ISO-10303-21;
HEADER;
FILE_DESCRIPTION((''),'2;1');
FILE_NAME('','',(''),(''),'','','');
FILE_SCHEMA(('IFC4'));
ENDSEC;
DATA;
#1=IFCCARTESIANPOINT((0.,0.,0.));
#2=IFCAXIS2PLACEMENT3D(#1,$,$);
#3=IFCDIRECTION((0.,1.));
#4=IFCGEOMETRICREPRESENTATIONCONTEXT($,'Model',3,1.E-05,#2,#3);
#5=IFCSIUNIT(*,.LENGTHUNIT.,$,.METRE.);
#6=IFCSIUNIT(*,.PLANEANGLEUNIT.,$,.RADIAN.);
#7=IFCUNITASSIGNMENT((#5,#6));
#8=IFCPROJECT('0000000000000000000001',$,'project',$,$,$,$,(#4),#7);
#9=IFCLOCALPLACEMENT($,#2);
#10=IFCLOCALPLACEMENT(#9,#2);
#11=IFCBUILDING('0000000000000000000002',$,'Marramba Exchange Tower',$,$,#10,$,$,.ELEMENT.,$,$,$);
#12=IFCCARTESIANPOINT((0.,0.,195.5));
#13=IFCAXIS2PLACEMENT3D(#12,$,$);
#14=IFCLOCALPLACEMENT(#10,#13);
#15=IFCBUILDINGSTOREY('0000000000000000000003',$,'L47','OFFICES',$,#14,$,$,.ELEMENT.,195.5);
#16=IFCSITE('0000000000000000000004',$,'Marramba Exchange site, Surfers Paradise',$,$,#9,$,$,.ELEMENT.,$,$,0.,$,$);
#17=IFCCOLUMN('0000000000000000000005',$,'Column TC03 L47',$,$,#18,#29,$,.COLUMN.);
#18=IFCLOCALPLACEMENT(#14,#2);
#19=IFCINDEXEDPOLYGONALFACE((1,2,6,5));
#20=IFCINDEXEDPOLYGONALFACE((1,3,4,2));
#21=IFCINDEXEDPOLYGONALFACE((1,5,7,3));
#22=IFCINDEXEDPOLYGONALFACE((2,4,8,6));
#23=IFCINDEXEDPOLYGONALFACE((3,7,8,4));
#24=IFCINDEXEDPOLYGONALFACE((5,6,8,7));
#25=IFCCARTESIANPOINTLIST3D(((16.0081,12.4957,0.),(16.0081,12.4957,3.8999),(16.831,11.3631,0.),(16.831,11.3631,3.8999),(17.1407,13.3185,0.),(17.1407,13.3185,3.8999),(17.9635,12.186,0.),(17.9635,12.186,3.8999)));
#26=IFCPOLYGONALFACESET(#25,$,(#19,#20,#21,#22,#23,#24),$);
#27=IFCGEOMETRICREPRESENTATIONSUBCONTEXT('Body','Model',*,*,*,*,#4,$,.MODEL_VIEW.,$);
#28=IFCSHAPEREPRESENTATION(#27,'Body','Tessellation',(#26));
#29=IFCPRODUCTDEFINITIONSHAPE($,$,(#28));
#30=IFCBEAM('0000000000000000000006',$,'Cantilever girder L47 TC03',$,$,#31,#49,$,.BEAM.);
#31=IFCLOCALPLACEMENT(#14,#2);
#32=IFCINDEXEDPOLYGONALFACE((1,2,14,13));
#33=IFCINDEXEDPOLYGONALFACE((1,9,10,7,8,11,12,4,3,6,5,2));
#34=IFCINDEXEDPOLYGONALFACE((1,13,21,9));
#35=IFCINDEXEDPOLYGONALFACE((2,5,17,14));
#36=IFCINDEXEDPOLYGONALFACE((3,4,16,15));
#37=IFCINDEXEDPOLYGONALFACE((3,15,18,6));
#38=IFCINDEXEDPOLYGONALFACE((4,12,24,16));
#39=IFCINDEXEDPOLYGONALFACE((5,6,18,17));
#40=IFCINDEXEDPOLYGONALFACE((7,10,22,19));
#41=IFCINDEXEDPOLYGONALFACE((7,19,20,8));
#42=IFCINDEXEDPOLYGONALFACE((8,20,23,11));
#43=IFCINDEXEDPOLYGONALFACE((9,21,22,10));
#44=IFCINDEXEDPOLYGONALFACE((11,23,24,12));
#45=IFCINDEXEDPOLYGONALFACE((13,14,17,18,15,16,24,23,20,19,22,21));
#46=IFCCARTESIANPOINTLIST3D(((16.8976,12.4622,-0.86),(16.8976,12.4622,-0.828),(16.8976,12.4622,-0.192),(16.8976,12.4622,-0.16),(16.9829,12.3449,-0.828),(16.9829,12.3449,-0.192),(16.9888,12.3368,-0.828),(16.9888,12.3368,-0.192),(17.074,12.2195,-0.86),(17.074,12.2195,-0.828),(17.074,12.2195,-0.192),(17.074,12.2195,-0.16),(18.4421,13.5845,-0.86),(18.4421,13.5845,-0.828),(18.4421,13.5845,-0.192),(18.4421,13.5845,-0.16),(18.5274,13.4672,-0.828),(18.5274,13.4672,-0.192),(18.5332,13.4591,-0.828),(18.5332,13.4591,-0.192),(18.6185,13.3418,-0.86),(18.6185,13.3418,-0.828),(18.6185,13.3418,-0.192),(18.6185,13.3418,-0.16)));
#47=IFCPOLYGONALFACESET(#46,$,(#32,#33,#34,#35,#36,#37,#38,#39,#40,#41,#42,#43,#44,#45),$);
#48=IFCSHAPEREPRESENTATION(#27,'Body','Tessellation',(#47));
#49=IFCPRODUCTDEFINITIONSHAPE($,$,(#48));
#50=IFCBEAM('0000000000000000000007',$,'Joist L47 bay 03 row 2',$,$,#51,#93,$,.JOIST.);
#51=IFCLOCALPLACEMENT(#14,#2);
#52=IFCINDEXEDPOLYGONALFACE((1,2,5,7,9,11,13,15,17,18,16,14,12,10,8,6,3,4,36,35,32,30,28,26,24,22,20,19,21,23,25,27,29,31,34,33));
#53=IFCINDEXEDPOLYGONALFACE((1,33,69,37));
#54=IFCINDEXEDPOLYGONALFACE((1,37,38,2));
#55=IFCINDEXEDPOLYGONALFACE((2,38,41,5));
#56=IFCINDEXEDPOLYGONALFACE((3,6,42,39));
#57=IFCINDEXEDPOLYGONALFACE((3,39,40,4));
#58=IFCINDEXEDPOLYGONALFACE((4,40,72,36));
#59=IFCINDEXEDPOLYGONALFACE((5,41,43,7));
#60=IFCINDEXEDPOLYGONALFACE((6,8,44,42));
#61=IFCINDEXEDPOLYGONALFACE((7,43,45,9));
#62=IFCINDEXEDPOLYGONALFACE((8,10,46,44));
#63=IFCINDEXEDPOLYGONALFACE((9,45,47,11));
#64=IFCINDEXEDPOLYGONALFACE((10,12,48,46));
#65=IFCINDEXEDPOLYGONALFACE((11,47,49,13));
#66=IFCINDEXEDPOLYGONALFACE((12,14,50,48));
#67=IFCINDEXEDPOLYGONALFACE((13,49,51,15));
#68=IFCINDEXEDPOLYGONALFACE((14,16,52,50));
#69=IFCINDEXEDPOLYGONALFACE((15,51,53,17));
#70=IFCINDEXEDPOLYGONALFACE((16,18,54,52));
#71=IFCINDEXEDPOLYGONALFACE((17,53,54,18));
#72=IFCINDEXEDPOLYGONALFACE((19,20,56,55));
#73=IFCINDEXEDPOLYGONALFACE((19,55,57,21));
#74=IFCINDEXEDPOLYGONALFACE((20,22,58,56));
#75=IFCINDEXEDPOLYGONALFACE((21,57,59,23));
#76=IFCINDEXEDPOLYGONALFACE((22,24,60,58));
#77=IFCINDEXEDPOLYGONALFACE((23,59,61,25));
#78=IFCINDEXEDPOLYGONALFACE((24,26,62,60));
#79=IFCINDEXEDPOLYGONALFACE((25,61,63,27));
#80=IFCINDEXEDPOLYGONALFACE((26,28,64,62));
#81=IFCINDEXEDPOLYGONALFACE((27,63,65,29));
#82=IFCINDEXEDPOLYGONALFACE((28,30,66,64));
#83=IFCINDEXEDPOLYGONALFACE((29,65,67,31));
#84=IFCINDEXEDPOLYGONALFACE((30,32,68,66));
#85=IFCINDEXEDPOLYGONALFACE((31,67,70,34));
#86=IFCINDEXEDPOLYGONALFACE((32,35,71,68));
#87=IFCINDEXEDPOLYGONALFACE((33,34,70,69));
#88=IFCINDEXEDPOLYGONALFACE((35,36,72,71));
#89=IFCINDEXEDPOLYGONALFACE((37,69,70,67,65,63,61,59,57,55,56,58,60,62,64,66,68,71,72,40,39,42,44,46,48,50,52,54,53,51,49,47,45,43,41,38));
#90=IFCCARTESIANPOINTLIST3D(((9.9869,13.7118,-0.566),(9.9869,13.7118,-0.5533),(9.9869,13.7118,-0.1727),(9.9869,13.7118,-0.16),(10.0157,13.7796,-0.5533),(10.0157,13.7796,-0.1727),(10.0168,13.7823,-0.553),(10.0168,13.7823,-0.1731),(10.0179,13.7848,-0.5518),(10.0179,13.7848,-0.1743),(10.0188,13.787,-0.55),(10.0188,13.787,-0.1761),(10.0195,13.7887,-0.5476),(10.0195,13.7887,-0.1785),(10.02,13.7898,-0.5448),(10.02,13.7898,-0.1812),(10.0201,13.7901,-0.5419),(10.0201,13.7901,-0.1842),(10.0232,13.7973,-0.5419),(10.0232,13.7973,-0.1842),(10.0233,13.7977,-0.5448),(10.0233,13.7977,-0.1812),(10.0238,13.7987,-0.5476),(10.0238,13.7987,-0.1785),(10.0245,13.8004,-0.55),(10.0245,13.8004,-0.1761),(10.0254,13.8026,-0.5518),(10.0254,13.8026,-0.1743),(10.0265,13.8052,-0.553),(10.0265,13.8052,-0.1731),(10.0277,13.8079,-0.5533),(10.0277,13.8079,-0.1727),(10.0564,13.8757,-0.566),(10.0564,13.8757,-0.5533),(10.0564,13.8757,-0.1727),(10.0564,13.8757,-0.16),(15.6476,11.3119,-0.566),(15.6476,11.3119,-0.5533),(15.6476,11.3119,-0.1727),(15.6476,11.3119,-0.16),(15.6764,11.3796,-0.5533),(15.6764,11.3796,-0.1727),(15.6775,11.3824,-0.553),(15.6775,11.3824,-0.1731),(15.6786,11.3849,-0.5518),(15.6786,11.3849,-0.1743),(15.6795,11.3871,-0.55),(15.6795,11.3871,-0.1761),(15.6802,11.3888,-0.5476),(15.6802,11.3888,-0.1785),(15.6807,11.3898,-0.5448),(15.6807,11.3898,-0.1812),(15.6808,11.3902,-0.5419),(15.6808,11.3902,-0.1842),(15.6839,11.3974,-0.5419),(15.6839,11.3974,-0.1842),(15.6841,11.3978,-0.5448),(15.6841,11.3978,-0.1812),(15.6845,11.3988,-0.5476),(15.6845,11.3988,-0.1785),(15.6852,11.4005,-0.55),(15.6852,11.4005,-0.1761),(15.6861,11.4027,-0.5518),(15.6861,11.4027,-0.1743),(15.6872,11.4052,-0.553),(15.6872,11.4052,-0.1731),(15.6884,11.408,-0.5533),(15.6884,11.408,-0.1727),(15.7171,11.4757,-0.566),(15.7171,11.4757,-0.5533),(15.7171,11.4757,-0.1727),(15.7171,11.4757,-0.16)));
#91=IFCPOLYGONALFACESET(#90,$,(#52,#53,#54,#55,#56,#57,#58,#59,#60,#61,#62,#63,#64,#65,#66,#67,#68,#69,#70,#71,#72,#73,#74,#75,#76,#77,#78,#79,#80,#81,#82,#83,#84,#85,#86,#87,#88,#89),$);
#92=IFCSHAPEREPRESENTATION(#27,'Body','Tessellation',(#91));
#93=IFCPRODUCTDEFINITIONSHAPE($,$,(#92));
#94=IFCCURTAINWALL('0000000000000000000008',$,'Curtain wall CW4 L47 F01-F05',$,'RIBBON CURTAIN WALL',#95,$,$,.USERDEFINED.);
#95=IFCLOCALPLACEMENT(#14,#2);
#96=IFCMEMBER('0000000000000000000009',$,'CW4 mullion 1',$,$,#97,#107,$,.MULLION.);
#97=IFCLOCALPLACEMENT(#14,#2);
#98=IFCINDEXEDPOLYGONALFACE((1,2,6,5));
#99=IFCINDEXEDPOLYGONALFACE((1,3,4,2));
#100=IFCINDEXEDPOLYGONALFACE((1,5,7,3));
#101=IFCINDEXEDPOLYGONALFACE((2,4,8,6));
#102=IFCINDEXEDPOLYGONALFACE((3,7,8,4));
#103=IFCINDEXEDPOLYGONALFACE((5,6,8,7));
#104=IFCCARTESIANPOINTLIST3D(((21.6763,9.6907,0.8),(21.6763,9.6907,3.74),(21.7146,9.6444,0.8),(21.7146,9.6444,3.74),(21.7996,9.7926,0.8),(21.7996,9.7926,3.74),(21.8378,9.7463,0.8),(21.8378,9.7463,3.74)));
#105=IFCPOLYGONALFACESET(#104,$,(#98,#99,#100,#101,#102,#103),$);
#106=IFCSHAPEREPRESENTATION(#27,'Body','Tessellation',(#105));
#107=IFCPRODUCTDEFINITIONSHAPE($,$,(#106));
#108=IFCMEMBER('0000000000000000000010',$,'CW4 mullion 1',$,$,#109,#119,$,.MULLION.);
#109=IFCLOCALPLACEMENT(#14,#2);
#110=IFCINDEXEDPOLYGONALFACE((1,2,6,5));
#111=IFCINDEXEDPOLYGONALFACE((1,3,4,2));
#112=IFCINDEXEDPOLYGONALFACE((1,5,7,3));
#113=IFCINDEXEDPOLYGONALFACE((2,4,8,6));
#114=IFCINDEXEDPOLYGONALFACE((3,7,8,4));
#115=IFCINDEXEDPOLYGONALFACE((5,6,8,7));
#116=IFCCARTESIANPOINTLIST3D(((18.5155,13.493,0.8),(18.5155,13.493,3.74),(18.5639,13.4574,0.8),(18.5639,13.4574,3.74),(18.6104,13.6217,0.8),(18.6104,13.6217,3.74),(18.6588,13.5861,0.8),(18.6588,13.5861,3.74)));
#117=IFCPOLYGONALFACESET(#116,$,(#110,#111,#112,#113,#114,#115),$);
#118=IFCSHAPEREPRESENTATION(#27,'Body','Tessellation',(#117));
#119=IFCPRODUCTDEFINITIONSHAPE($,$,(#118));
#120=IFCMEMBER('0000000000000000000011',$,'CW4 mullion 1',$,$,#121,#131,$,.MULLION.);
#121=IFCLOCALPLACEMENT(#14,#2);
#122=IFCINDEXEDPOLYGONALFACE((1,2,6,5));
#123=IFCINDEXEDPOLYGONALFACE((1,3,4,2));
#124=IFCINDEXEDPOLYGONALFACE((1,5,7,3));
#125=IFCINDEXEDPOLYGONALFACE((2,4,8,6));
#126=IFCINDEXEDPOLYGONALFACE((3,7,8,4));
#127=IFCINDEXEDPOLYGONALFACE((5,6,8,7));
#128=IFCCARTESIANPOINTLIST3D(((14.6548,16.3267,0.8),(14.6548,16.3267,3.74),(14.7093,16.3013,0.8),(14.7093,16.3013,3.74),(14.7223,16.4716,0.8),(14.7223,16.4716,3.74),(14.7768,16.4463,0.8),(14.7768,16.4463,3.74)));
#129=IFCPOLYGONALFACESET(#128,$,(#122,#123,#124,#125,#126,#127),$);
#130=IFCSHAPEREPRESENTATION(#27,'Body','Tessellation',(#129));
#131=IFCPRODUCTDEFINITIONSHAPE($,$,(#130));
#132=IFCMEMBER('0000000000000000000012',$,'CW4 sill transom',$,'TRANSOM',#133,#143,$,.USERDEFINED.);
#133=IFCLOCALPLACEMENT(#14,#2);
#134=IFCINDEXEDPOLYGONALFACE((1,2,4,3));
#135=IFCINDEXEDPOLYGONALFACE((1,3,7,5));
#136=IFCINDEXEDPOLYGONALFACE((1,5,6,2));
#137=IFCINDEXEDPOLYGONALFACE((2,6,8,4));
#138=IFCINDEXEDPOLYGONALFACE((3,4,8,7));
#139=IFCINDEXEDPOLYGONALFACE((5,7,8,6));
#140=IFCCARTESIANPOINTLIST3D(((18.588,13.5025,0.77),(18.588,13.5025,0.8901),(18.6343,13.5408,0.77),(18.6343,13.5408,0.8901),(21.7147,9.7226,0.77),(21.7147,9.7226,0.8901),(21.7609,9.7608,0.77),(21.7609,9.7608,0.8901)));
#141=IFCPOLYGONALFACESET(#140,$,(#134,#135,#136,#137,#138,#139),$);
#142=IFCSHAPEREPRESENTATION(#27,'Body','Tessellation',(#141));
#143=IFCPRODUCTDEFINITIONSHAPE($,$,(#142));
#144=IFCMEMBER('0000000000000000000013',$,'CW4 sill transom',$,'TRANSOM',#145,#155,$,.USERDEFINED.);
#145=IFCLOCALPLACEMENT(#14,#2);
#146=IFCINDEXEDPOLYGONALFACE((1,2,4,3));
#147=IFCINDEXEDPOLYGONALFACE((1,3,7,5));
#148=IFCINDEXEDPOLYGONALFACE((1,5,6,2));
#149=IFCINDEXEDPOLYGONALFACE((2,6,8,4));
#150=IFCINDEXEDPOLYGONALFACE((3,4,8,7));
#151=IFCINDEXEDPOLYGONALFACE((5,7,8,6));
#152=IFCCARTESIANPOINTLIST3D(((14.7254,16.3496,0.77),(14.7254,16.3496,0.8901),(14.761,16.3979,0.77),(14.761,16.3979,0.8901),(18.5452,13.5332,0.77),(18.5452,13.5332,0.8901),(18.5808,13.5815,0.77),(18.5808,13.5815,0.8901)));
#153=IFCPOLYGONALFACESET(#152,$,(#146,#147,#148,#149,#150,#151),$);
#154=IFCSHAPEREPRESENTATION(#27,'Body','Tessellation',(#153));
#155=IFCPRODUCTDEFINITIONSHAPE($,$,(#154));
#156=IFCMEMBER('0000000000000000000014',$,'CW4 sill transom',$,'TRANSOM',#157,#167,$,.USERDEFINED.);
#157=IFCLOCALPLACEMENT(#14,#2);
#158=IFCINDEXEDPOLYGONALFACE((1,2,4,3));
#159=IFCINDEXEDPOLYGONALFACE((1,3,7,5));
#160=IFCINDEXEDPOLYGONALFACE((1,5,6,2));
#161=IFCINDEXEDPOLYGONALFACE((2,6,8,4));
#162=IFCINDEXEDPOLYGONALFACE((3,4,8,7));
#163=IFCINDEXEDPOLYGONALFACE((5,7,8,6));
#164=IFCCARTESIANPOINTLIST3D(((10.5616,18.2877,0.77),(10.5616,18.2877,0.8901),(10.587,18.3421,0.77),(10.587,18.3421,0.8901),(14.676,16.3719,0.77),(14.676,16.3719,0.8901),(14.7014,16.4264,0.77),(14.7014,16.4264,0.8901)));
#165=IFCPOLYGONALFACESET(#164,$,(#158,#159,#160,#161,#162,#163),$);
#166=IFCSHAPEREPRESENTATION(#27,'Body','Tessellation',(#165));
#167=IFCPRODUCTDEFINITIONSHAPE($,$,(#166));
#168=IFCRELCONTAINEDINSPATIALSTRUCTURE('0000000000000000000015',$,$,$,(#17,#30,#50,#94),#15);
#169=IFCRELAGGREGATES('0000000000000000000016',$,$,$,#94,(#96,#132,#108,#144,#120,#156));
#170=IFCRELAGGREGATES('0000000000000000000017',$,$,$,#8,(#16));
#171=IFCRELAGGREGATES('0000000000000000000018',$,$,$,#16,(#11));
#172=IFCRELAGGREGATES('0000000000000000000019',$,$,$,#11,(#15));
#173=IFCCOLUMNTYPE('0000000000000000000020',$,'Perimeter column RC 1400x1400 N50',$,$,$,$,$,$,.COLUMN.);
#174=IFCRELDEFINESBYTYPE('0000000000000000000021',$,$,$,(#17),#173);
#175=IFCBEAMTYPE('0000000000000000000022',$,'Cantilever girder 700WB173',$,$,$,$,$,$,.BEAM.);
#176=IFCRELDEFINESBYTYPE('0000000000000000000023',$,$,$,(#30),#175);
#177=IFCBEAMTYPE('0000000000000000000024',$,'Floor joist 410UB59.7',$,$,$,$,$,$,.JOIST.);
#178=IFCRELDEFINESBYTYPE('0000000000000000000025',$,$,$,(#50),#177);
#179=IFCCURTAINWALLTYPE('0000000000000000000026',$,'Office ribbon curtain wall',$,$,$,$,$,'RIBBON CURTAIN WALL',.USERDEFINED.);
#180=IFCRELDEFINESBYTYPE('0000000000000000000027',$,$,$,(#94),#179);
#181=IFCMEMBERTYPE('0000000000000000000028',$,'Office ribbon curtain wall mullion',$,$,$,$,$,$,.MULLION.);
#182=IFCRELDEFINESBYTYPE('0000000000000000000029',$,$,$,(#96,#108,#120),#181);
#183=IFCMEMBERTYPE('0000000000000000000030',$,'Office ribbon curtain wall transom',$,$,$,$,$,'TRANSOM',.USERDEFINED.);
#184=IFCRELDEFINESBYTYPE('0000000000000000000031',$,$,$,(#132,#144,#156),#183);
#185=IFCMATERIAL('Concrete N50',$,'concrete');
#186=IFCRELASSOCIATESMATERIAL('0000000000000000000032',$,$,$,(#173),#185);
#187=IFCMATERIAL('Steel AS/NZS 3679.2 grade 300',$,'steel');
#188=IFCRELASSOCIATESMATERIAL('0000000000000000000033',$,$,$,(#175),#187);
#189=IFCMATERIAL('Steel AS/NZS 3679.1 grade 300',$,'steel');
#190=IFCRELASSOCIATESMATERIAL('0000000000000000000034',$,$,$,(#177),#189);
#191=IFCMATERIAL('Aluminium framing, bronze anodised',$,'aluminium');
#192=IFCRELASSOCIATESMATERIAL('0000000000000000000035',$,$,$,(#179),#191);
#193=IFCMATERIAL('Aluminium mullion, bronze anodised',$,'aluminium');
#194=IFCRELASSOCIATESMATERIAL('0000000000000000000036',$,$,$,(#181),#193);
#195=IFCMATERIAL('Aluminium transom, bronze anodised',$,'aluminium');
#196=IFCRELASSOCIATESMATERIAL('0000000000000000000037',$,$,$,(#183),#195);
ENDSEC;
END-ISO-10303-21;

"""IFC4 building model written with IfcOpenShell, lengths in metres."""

from ifc_helpers import new_model, si_unit, direction, frame, origin, origin_2d, place, context, subcontext, project, spatial, rectangle, i_section, extrude, material, material_profile, profile_set, type_object, element, aggregate, save


model = new_model("IFC4")

# Units and contexts
model_context = context("Model", 3, precision=1e-05, world=origin(), true_north=direction((0.0, 1.0)))
body_context = subcontext(model_context, "Body", "Model", "MODEL_VIEW")
ifc_project = project(units=[si_unit("LENGTHUNIT", "METRE"), si_unit("PLANEANGLEUNIT", "RADIAN")], contexts=[model_context])

# Site, building, storey
site_placement = place(None, origin())
site = spatial("IfcSite", under=ifc_project, at=site_placement, Name="Marramba Exchange site, Surfers Paradise", CompositionType="ELEMENT", RefElevation=0.0)
building_placement = place(site_placement, origin())
building = spatial("IfcBuilding", under=site, at=building_placement, Name="Marramba Exchange Tower", CompositionType="ELEMENT")
storey_placement = place(building_placement, frame((0.0, 0.0, 195.5)))
storey = spatial("IfcBuildingStorey", under=building, at=storey_placement, Name="L47", Description="OFFICES", CompositionType="ELEMENT", Elevation=195.5)

# Column
ifc_material_1 = material(Name="Concrete N50", Category="concrete")
ifc_material_profile_1 = material_profile(ifc_material_1, rectangle(XDim=1.3999, YDim=1.3999, at=origin_2d()), Name="RC 1400x1400")
ifc_profile_set_1 = profile_set([ifc_material_profile_1], Name="Concrete N50")
column_type = type_object("IfcColumnType", Name="Perimeter column RC 1400x1400 N50", PredefinedType="COLUMN", material=ifc_profile_set_1)
column_placement = place(storey_placement, frame((16.9858, 12.3408, 0.0), z_axis=(0.0, 0.0, 1.0), x_axis=(0.809017, 0.587785, 0.0)))
element("IfcColumn", 1, at=column_placement, inside=storey, type_object=column_type, Name="Column TC03 L47", PredefinedType="COLUMN", context=body_context, shape_type="SweptSolid", body=[
    extrude(rectangle(XDim=1.3999, YDim=1.3999, at=origin_2d()), origin(), (0.0, 0.0, 1.0), 3.8999),
])

# Beams
ifc_material_2 = material(Name="Steel AS/NZS 3679.2 grade 300", Category="steel")
ifc_material_profile_2 = material_profile(ifc_material_2, i_section(OverallWidth=0.3, OverallDepth=0.7, WebThickness=0.01, FlangeThickness=0.032, at=origin_2d()), Name="700WB173")
ifc_profile_set_2 = profile_set([ifc_material_profile_2], Name="Steel AS/NZS 3679.2 grade 300")
beam_type_1 = type_object("IfcBeamType", Name="Cantilever girder 700WB173", PredefinedType="BEAM", material=ifc_profile_set_2)
beam_1_placement = place(storey_placement, frame((16.9858, 12.3408, -0.51), z_axis=(0.808963, 0.58786, 0.0), x_axis=(-0.58786, 0.808963, 0.0)))
element("IfcBeam", 2, at=beam_1_placement, inside=storey, type_object=beam_type_1, Name="Cantilever girder L47 TC03", PredefinedType="BEAM", context=body_context, shape_type="SweptSolid", body=[
    extrude(i_section(OverallWidth=0.3, OverallDepth=0.7, WebThickness=0.01, FlangeThickness=0.032, at=origin_2d()), origin(), (0.0, 0.0, 1.0), 1.9092),
])
ifc_material_3 = material(Name="Steel AS/NZS 3679.1 grade 300", Category="steel")
ifc_material_profile_3 = material_profile(ifc_material_3, i_section(OverallWidth=0.178, OverallDepth=0.406, WebThickness=0.0078, FlangeThickness=0.0127, FilletRadius=0.0115, at=origin_2d()), Name="410UB59.7")
ifc_profile_set_3 = profile_set([ifc_material_profile_3], Name="Steel AS/NZS 3679.1 grade 300")
beam_type_2 = type_object("IfcBeamType", Name="Floor joist 410UB59.7", PredefinedType="JOIST", material=ifc_profile_set_3)
beam_2_placement = place(storey_placement, frame((15.6824, 11.3938, -0.363), z_axis=(-0.920674, 0.390332, 0.0), x_axis=(-0.390332, -0.920674, 0.0)))
element("IfcBeam", 3, at=beam_2_placement, inside=storey, type_object=beam_type_2, Name="Joist L47 bay 03 row 2", PredefinedType="JOIST", context=body_context, shape_type="SweptSolid", body=[
    extrude(i_section(OverallWidth=0.178, OverallDepth=0.406, WebThickness=0.0078, FlangeThickness=0.0127, FilletRadius=0.0115, at=origin_2d()), origin(), (0.0, 0.0, 1.0), 6.1484),
])

# Curtain wall, members
ifc_material_4 = material(Name="Aluminium framing, bronze anodised", Category="aluminium")
curtain_wall_type = type_object("IfcCurtainWallType", Name="Office ribbon curtain wall", ElementType="RIBBON CURTAIN WALL", PredefinedType="USERDEFINED", material=ifc_material_4)
curtain_wall_placement = place(storey_placement, origin())
curtain_wall = element("IfcCurtainWall", 4, at=curtain_wall_placement, inside=storey, type_object=curtain_wall_type, Name="Curtain wall CW4 L47 F01-F05", ObjectType="RIBBON CURTAIN WALL", PredefinedType="USERDEFINED")
ifc_material_5 = material(Name="Aluminium mullion, bronze anodised", Category="aluminium")
ifc_material_profile_4 = material_profile(ifc_material_5, rectangle(XDim=0.1599, YDim=0.0601, at=origin_2d()), Name="CW4 mullion 60x160")
ifc_profile_set_4 = profile_set([ifc_material_profile_4], Name="Aluminium mullion, bronze anodised")
member_type_1 = type_object("IfcMemberType", Name="Office ribbon curtain wall mullion", PredefinedType="MULLION", material=ifc_profile_set_4)
member_1_placement = place(storey_placement, frame((21.7571, 9.7185, 0.8), z_axis=(0.0, 0.0, 1.0), x_axis=(-0.770574, -0.63735, 0.0)))
member_1 = element("IfcMember", 5, at=member_1_placement, type_object=member_type_1, Name="CW4 mullion 1", PredefinedType="MULLION", context=body_context, shape_type="SweptSolid", body=[
    extrude(rectangle(XDim=0.1599, YDim=0.0601, at=origin_2d()), origin(), (0.0, 0.0, 1.0), 2.9399),
])
member_2_placement = place(storey_placement, frame((18.5872, 13.5396, 0.8), z_axis=(0.0, 0.0, 1.0), x_axis=(-0.593441, -0.804877, 0.0)))
member_2 = element("IfcMember", 6, at=member_2_placement, type_object=member_type_1, Name="CW4 mullion 1", PredefinedType="MULLION", context=body_context, shape_type="SweptSolid", body=[
    extrude(rectangle(XDim=0.1599, YDim=0.0601, at=origin_2d()), origin(), (0.0, 0.0, 1.0), 2.9399),
])
member_3_placement = place(storey_placement, frame((14.7158, 16.3865, 0.8), z_axis=(0.0, 0.0, 1.0), x_axis=(-0.422133, -0.906534, 0.0)))
member_3 = element("IfcMember", 7, at=member_3_placement, type_object=member_type_1, Name="CW4 mullion 1", PredefinedType="MULLION", context=body_context, shape_type="SweptSolid", body=[
    extrude(rectangle(XDim=0.1599, YDim=0.0601, at=origin_2d()), origin(), (0.0, 0.0, 1.0), 2.9399),
])
ifc_material_6 = material(Name="Aluminium transom, bronze anodised", Category="aluminium")
ifc_material_profile_5 = material_profile(ifc_material_6, rectangle(XDim=0.0601, YDim=0.1201, at=origin_2d()), Name="CW4 transom 60x120")
ifc_profile_set_5 = profile_set([ifc_material_profile_5], Name="Aluminium transom, bronze anodised")
member_type_2 = type_object("IfcMemberType", Name="Office ribbon curtain wall transom", ElementType="TRANSOM", PredefinedType="USERDEFINED", material=ifc_profile_set_5)
member_4_placement = place(storey_placement, frame((21.7378, 9.7417, 0.8301), z_axis=(-0.637375, 0.770554, 0.0), x_axis=(-0.770554, -0.637375, 0.0)))
member_4 = element("IfcMember", 8, at=member_4_placement, type_object=member_type_2, Name="CW4 sill transom", ObjectType="TRANSOM", PredefinedType="USERDEFINED", context=body_context, shape_type="SweptSolid", body=[
    extrude(rectangle(XDim=0.0601, YDim=0.1201, at=origin_2d()), origin(), (0.0, 0.0, 1.0), 4.9055),
])
member_5_placement = place(storey_placement, frame((18.563, 13.5574, 0.8301), z_axis=(-0.804875, 0.593445, 0.0), x_axis=(-0.593445, -0.804875, 0.0)))
member_5 = element("IfcMember", 9, at=member_5_placement, type_object=member_type_2, Name="CW4 sill transom", ObjectType="TRANSOM", PredefinedType="USERDEFINED", context=body_context, shape_type="SweptSolid", body=[
    extrude(rectangle(XDim=0.0601, YDim=0.1201, at=origin_2d()), origin(), (0.0, 0.0, 1.0), 4.7458),
])
member_6_placement = place(storey_placement, frame((14.6887, 16.3992, 0.8301), z_axis=(-0.906548, 0.422102, 0.0), x_axis=(-0.422102, -0.906548, 0.0)))
member_6 = element("IfcMember", 10, at=member_6_placement, type_object=member_type_2, Name="CW4 sill transom", ObjectType="TRANSOM", PredefinedType="USERDEFINED", context=body_context, shape_type="SweptSolid", body=[
    extrude(rectangle(XDim=0.0601, YDim=0.1201, at=origin_2d()), origin(), (0.0, 0.0, 1.0), 4.5386),
])

aggregate(curtain_wall, [member_1, member_4, member_2, member_5, member_3, member_6])

save(model, "model.ifc")
